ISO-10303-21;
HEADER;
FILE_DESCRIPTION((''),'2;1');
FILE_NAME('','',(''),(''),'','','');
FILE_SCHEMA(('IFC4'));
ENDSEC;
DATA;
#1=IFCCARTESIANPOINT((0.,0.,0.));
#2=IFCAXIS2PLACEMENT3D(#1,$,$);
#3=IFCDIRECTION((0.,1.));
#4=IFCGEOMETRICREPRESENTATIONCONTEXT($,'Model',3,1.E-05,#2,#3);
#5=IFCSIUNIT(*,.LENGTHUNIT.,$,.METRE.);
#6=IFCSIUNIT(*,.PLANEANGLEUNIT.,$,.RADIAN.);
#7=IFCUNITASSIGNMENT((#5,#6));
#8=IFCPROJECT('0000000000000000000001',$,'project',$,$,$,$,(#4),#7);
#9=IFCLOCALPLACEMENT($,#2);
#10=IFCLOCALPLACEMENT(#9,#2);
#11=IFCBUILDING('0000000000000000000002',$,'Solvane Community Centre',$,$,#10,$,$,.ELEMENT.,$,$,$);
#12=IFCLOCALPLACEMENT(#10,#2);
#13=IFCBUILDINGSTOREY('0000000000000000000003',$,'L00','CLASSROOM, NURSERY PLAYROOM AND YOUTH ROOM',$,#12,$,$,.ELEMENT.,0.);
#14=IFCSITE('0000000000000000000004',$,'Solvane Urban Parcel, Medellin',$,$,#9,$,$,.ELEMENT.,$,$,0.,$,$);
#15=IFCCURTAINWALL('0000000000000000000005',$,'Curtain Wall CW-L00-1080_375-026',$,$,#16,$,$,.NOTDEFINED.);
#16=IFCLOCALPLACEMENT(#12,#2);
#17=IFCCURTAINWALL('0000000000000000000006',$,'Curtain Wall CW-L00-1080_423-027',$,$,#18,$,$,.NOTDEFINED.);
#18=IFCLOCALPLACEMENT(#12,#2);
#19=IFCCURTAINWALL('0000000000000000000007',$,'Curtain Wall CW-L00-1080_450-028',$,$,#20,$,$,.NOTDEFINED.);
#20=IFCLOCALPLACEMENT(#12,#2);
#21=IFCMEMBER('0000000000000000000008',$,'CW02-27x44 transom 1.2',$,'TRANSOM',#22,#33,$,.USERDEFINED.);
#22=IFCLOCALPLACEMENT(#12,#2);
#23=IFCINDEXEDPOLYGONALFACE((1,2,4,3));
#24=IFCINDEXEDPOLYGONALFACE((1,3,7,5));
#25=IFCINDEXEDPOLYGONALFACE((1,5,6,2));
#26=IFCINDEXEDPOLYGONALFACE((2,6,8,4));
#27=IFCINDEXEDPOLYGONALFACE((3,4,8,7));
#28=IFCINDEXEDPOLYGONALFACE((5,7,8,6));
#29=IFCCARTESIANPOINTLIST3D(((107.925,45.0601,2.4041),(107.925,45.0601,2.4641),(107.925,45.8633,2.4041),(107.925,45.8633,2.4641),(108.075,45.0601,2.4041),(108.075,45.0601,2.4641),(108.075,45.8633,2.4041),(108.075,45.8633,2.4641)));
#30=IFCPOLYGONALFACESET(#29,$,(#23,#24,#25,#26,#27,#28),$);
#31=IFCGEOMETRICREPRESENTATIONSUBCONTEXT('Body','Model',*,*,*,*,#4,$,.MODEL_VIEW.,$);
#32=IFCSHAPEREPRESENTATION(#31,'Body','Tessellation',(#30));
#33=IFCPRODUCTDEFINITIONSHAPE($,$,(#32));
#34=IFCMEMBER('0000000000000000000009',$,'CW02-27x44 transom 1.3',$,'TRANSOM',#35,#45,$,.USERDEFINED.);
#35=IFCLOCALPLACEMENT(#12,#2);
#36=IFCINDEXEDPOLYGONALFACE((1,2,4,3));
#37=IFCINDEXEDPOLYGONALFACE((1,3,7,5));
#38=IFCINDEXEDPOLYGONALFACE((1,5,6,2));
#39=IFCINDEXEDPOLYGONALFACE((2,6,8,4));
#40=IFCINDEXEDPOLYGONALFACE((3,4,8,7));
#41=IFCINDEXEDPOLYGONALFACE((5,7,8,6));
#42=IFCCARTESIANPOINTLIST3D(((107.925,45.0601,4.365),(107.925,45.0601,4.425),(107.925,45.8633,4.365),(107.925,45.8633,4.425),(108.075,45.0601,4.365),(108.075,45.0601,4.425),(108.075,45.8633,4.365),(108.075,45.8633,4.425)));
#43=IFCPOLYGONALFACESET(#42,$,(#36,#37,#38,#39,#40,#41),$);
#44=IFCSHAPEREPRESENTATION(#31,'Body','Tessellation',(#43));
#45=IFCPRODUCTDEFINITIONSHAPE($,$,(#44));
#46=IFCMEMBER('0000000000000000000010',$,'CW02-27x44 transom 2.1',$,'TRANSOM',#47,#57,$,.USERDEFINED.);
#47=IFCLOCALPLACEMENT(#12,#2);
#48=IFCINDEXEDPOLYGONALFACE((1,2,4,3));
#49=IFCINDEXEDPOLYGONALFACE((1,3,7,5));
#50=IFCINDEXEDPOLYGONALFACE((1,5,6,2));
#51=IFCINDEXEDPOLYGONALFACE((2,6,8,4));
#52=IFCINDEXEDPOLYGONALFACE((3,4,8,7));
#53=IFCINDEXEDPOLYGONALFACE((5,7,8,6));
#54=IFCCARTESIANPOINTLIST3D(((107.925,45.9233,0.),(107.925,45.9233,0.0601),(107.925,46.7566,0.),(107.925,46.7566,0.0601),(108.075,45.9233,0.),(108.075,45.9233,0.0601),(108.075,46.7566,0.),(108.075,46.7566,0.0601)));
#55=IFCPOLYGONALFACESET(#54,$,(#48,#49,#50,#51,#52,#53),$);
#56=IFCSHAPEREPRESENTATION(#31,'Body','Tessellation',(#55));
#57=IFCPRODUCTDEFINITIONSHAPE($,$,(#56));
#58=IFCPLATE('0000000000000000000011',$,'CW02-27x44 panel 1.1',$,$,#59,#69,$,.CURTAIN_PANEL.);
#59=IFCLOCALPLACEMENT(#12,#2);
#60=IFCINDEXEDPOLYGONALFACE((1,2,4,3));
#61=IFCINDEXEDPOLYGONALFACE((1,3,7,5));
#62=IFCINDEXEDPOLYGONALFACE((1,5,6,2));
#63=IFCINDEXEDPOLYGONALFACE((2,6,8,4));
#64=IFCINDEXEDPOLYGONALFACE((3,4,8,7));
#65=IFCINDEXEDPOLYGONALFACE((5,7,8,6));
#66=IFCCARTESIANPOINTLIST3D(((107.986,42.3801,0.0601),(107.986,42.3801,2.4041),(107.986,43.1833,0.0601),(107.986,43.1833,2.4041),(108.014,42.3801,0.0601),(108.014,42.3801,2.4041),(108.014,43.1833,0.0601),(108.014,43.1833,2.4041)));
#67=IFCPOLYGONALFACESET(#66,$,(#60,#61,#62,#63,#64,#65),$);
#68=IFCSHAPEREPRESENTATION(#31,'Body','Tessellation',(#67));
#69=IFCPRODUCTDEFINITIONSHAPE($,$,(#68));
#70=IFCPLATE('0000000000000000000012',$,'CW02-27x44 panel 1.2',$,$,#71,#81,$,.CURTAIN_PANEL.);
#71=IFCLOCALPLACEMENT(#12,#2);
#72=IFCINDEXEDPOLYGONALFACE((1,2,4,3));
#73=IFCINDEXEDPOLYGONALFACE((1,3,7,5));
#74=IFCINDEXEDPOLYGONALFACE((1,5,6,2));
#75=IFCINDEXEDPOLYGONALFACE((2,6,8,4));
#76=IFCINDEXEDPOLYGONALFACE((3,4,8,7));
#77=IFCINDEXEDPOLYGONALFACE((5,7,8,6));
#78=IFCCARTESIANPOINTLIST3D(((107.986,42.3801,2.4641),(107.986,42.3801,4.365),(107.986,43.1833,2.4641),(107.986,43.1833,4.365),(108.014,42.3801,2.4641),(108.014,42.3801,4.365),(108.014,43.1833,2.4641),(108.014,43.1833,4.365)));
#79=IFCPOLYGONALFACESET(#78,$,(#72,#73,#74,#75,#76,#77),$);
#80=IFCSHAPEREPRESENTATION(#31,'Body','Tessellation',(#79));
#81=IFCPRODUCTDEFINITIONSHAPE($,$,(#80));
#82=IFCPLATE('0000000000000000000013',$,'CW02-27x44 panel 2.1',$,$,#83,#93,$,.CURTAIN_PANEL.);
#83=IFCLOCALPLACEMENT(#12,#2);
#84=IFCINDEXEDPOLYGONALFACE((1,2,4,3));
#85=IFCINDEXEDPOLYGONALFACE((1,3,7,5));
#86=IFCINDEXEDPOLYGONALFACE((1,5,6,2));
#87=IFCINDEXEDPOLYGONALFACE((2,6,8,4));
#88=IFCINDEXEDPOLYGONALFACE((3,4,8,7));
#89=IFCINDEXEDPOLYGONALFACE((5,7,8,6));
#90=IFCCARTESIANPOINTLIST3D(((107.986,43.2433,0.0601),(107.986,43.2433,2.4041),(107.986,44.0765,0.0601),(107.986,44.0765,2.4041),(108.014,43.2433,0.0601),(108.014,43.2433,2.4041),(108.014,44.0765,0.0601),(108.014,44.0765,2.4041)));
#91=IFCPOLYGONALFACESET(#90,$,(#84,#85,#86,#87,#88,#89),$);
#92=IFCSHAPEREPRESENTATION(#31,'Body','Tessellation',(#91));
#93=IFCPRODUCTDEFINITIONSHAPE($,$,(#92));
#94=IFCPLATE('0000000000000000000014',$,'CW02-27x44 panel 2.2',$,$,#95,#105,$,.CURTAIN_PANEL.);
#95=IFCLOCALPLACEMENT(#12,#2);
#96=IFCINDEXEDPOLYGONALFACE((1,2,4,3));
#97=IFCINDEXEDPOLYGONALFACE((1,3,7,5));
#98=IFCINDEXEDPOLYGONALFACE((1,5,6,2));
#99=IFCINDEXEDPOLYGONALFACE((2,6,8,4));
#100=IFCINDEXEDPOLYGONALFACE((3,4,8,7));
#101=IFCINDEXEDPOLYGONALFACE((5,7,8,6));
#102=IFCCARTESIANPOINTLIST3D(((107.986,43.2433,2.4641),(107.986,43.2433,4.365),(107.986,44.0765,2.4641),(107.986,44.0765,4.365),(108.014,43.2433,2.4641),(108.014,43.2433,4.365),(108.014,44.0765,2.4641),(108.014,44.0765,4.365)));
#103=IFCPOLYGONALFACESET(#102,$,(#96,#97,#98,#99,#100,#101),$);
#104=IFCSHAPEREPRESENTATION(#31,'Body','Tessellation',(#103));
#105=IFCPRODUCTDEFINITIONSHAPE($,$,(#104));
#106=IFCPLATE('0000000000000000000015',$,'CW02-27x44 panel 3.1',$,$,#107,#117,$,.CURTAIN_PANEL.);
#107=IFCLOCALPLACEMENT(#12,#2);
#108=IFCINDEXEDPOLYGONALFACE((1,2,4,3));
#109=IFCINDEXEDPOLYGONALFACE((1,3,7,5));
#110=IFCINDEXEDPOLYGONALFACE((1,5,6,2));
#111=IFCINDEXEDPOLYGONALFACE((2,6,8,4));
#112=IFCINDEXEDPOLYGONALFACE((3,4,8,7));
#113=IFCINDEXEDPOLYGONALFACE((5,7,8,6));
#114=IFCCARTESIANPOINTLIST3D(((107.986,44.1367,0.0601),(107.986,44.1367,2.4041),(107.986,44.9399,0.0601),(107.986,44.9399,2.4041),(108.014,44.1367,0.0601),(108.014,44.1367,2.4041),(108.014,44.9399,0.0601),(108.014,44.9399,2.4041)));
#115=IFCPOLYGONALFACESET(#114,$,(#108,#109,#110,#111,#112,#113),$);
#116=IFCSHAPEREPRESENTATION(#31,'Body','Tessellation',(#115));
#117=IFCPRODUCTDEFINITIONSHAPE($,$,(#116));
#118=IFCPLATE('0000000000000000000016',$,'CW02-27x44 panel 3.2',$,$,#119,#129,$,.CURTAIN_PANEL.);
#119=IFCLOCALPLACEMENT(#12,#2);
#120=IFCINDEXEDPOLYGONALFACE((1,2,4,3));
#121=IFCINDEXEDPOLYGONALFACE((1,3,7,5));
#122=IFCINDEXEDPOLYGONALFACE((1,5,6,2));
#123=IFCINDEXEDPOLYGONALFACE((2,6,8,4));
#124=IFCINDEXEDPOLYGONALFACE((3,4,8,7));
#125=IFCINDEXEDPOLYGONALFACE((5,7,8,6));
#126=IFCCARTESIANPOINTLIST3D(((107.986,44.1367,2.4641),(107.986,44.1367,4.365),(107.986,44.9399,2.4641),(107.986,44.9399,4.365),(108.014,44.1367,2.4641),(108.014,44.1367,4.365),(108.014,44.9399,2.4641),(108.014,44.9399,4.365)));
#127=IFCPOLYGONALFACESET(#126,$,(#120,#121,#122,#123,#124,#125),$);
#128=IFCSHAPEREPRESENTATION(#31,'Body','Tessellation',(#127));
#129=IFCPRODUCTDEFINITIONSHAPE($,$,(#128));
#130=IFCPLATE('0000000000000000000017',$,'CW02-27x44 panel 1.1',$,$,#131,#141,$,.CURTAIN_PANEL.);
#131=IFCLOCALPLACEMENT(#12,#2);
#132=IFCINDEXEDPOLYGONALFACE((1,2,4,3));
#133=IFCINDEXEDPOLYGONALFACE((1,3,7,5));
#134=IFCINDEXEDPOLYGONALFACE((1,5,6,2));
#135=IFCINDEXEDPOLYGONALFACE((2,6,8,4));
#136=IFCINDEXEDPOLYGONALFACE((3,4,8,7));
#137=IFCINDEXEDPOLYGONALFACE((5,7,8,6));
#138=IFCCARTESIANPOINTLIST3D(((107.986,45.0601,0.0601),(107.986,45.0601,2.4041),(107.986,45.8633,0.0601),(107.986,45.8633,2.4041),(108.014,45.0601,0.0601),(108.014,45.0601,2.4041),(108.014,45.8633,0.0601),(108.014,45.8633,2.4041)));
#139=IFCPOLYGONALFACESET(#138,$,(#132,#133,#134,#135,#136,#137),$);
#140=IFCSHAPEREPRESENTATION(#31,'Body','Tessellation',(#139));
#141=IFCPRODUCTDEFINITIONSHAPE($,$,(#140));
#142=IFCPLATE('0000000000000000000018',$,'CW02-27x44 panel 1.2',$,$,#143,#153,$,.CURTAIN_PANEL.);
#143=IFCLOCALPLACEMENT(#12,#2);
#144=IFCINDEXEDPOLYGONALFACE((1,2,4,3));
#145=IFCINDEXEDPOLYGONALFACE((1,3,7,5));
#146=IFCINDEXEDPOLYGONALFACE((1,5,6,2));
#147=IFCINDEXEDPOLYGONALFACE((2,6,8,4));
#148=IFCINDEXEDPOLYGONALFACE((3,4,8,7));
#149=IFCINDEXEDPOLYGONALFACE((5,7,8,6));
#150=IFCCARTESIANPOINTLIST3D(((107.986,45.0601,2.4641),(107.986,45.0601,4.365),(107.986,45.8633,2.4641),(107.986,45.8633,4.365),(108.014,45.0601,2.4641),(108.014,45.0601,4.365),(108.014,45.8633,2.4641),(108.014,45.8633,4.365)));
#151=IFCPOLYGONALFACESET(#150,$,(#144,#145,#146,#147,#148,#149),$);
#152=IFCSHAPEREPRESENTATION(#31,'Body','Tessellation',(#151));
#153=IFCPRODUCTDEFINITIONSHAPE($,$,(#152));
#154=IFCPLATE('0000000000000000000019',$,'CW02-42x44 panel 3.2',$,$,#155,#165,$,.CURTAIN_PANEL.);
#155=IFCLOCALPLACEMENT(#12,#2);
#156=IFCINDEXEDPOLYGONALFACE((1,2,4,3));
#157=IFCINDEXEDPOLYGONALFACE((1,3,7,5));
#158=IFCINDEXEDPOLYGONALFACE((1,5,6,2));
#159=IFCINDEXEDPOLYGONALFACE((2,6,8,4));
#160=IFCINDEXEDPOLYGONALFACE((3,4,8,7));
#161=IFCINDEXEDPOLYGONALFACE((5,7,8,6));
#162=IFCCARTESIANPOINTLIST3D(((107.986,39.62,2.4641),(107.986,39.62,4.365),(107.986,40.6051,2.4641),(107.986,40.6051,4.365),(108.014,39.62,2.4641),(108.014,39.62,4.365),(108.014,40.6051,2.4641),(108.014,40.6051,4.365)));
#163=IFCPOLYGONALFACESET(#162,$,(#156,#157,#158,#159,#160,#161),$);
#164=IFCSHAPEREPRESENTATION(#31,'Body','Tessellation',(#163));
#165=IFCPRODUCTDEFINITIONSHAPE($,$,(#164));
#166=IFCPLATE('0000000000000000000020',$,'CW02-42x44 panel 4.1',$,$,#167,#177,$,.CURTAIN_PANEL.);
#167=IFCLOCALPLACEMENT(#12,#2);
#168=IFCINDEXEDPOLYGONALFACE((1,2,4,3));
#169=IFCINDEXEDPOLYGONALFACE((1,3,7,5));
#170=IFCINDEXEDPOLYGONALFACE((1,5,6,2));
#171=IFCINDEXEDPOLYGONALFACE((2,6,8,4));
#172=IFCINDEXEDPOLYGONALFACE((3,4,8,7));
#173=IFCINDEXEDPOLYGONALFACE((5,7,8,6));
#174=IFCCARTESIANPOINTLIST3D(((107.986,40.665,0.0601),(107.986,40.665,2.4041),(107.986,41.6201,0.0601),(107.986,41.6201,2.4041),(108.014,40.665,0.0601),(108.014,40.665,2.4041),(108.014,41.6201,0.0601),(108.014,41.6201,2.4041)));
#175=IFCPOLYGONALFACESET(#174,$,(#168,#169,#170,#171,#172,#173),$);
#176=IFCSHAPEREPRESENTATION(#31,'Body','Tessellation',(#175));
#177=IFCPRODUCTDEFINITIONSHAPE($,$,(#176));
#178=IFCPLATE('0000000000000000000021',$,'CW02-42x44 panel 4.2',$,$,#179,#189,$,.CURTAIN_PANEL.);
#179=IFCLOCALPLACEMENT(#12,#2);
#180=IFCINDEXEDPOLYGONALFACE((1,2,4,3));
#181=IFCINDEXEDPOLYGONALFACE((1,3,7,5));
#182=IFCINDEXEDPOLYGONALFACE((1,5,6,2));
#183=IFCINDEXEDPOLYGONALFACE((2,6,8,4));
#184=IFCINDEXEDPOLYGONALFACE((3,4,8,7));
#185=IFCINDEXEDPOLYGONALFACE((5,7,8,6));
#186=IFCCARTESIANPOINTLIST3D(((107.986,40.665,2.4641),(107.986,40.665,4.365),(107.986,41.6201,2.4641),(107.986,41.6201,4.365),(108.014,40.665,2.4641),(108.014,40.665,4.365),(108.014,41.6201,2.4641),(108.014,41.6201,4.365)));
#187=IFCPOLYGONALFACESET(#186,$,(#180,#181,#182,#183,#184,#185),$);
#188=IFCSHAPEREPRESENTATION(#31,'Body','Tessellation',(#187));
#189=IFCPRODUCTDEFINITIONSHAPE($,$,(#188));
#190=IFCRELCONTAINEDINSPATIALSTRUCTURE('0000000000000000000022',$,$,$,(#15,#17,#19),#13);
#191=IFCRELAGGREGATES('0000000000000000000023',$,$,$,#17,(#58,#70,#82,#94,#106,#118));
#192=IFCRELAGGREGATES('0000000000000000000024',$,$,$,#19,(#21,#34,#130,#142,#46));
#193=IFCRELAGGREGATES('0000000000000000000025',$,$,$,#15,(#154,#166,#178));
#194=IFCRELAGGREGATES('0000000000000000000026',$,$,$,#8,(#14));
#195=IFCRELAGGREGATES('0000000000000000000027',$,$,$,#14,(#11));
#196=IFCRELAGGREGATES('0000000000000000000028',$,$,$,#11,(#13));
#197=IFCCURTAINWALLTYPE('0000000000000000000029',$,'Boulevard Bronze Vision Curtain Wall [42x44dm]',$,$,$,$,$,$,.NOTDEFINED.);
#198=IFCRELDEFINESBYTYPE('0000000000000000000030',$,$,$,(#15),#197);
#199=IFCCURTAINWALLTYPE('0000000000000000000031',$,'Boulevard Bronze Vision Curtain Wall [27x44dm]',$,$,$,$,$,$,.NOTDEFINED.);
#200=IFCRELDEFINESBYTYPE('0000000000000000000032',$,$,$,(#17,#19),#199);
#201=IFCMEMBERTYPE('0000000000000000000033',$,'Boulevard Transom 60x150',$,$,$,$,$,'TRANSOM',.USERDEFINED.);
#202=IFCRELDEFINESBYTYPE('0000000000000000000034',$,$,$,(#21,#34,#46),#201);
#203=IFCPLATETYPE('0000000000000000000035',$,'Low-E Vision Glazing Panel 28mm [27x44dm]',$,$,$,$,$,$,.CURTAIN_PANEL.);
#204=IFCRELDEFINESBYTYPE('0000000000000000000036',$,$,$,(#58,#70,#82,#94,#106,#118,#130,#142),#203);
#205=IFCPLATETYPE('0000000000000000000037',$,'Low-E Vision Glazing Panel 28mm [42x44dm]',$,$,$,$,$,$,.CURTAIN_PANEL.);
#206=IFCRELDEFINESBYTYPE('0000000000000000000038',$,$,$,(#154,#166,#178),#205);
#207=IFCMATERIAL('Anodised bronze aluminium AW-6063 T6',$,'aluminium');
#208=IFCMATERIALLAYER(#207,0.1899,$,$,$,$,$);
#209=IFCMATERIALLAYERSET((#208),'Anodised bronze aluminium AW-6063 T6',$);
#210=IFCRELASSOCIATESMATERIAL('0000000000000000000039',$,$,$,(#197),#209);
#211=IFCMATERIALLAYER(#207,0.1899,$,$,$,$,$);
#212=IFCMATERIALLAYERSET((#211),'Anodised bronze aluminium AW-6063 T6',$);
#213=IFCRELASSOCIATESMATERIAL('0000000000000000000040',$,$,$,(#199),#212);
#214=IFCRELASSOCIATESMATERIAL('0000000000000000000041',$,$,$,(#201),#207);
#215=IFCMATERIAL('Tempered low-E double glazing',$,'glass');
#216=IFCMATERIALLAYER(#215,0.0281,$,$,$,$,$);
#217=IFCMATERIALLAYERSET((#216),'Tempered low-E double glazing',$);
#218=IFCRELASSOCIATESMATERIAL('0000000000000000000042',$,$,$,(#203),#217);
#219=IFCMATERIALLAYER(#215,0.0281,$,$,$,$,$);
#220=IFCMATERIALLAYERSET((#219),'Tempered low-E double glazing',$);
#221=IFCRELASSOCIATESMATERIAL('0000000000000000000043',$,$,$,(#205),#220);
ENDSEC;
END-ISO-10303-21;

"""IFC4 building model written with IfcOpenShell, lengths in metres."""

from ifc_helpers import new_model, si_unit, direction, frame, origin, origin_2d, place, context, subcontext, project, spatial, rectangle, extrude, material, layer, layer_set, material_profile, profile_set, type_object, element, aggregate, save


model = new_model("IFC4")

# Units and contexts
model_context = context("Model", 3, precision=1e-05, world=origin(), true_north=direction((0.0, 1.0)))
body_context = subcontext(model_context, "Body", "Model", "MODEL_VIEW")
ifc_project = project(units=[si_unit("LENGTHUNIT", "METRE"), si_unit("PLANEANGLEUNIT", "RADIAN")], contexts=[model_context])

# Site, building, storey
site_placement = place(None, origin())
site = spatial("IfcSite", under=ifc_project, at=site_placement, Name="Solvane Urban Parcel, Medellin", CompositionType="ELEMENT", RefElevation=0.0)
building_placement = place(site_placement, origin())
building = spatial("IfcBuilding", under=site, at=building_placement, Name="Solvane Community Centre", CompositionType="ELEMENT")
storey_placement = place(building_placement, origin())
storey = spatial("IfcBuildingStorey", under=building, at=storey_placement, Name="L00", Description="CLASSROOM, NURSERY PLAYROOM AND YOUTH ROOM", CompositionType="ELEMENT", Elevation=0.0)

# Curtain walls
ifc_material_1 = material(Name="Anodised bronze aluminium AW-6063 T6", Category="aluminium")
ifc_layer_1 = layer(ifc_material_1, 0.1899)
ifc_layer_set_1 = layer_set([ifc_layer_1], Name="Anodised bronze aluminium AW-6063 T6")
curtain_wall_type_1 = type_object("IfcCurtainWallType", Name="Boulevard Bronze Vision Curtain Wall [42x44dm]", PredefinedType="NOTDEFINED", material=ifc_layer_set_1)
curtain_wall_1_placement = place(storey_placement, origin())
curtain_wall_1 = element("IfcCurtainWall", 1, at=curtain_wall_1_placement, inside=storey, type_object=curtain_wall_type_1, Name="Curtain Wall CW-L00-1080_375-026", PredefinedType="NOTDEFINED")
ifc_layer_2 = layer(ifc_material_1, 0.1899)
ifc_layer_set_2 = layer_set([ifc_layer_2], Name="Anodised bronze aluminium AW-6063 T6")
curtain_wall_type_2 = type_object("IfcCurtainWallType", Name="Boulevard Bronze Vision Curtain Wall [27x44dm]", PredefinedType="NOTDEFINED", material=ifc_layer_set_2)
curtain_wall_2_placement = place(storey_placement, origin())
curtain_wall_2 = element("IfcCurtainWall", 2, at=curtain_wall_2_placement, inside=storey, type_object=curtain_wall_type_2, Name="Curtain Wall CW-L00-1080_423-027", PredefinedType="NOTDEFINED")
curtain_wall_3_placement = place(storey_placement, origin())
curtain_wall_3 = element("IfcCurtainWall", 3, at=curtain_wall_3_placement, inside=storey, type_object=curtain_wall_type_2, Name="Curtain Wall CW-L00-1080_450-028", PredefinedType="NOTDEFINED")

# Members
ifc_material_profile_1 = material_profile(ifc_material_1, rectangle(XDim=0.1499, YDim=0.0601, at=origin_2d()), Name="CW-T 60x150")
ifc_profile_set_1 = profile_set([ifc_material_profile_1], Name="Anodised bronze aluminium AW-6063 T6")
member_type_1 = type_object("IfcMemberType", Name="Boulevard Transom 60x150", ElementType="TRANSOM", PredefinedType="USERDEFINED", material=ifc_profile_set_1)
member_1_placement = place(storey_placement, frame((108.0, 45.0601, 2.4341), z_axis=(0.0, 1.0, 0.0), x_axis=(-1.0, 0.0, 0.0)))
member_1 = element("IfcMember", 4, at=member_1_placement, type_object=member_type_1, Name="CW02-27x44 transom 1.2", ObjectType="TRANSOM", PredefinedType="USERDEFINED", context=body_context, shape_type="SweptSolid", body=[
    extrude(rectangle(XDim=0.1499, YDim=0.0601, at=origin_2d()), origin(), (0.0, 0.0, 1.0), 0.8032),
])
member_2_placement = place(storey_placement, frame((108.0, 45.0601, 4.395), z_axis=(0.0, 1.0, 0.0), x_axis=(-1.0, 0.0, 0.0)))
member_2 = element("IfcMember", 5, at=member_2_placement, type_object=member_type_1, Name="CW02-27x44 transom 1.3", ObjectType="TRANSOM", PredefinedType="USERDEFINED", context=body_context, shape_type="SweptSolid", body=[
    extrude(rectangle(XDim=0.1499, YDim=0.0601, at=origin_2d()), origin(), (0.0, 0.0, 1.0), 0.8032),
])
member_3_placement = place(storey_placement, frame((108.0, 45.9233, 0.03), z_axis=(0.0, 1.0, 0.0), x_axis=(-1.0, 0.0, 0.0)))
member_3 = element("IfcMember", 6, at=member_3_placement, type_object=member_type_1, Name="CW02-27x44 transom 2.1", ObjectType="TRANSOM", PredefinedType="USERDEFINED", context=body_context, shape_type="SweptSolid", body=[
    extrude(rectangle(XDim=0.1499, YDim=0.0601, at=origin_2d()), origin(), (0.0, 0.0, 1.0), 0.8333),
])

# Plates
ifc_material_2 = material(Name="Tempered low-E double glazing", Category="glass")
ifc_layer_3 = layer(ifc_material_2, 0.0281)
ifc_layer_set_3 = layer_set([ifc_layer_3], Name="Tempered low-E double glazing")
plate_type_1 = type_object("IfcPlateType", Name="Low-E Vision Glazing Panel 28mm [27x44dm]", PredefinedType="CURTAIN_PANEL", material=ifc_layer_set_3)
plate_1_placement = place(storey_placement, frame((108.0, 42.7817, 0.0601), z_axis=(0.0, 0.0, 1.0), x_axis=(0.0, 1.0, 0.0)))
plate_1 = element("IfcPlate", 7, at=plate_1_placement, type_object=plate_type_1, Name="CW02-27x44 panel 1.1", PredefinedType="CURTAIN_PANEL", context=body_context, shape_type="SweptSolid", body=[
    extrude(rectangle(XDim=0.8032, YDim=0.0281, at=origin_2d()), origin(), (0.0, 0.0, 1.0), 2.344),
])
plate_2_placement = place(storey_placement, frame((108.0, 42.7817, 2.4641), z_axis=(0.0, 0.0, 1.0), x_axis=(0.0, 1.0, 0.0)))
plate_2 = element("IfcPlate", 8, at=plate_2_placement, type_object=plate_type_1, Name="CW02-27x44 panel 1.2", PredefinedType="CURTAIN_PANEL", context=body_context, shape_type="SweptSolid", body=[
    extrude(rectangle(XDim=0.8032, YDim=0.0281, at=origin_2d()), origin(), (0.0, 0.0, 1.0), 1.9009),
])
plate_3_placement = place(storey_placement, frame((108.0, 43.6599, 0.0601), z_axis=(0.0, 0.0, 1.0), x_axis=(0.0, 1.0, 0.0)))
plate_3 = element("IfcPlate", 9, at=plate_3_placement, type_object=plate_type_1, Name="CW02-27x44 panel 2.1", PredefinedType="CURTAIN_PANEL", context=body_context, shape_type="SweptSolid", body=[
    extrude(rectangle(XDim=0.8333, YDim=0.0281, at=origin_2d()), origin(), (0.0, 0.0, 1.0), 2.344),
])
plate_4_placement = place(storey_placement, frame((108.0, 43.6599, 2.4641), z_axis=(0.0, 0.0, 1.0), x_axis=(0.0, 1.0, 0.0)))
plate_4 = element("IfcPlate", 10, at=plate_4_placement, type_object=plate_type_1, Name="CW02-27x44 panel 2.2", PredefinedType="CURTAIN_PANEL", context=body_context, shape_type="SweptSolid", body=[
    extrude(rectangle(XDim=0.8333, YDim=0.0281, at=origin_2d()), origin(), (0.0, 0.0, 1.0), 1.9009),
])
plate_5_placement = place(storey_placement, frame((108.0, 44.5383, 0.0601), z_axis=(0.0, 0.0, 1.0), x_axis=(0.0, 1.0, 0.0)))
plate_5 = element("IfcPlate", 11, at=plate_5_placement, type_object=plate_type_1, Name="CW02-27x44 panel 3.1", PredefinedType="CURTAIN_PANEL", context=body_context, shape_type="SweptSolid", body=[
    extrude(rectangle(XDim=0.8032, YDim=0.0281, at=origin_2d()), origin(), (0.0, 0.0, 1.0), 2.344),
])
plate_6_placement = place(storey_placement, frame((108.0, 44.5383, 2.4641), z_axis=(0.0, 0.0, 1.0), x_axis=(0.0, 1.0, 0.0)))
plate_6 = element("IfcPlate", 12, at=plate_6_placement, type_object=plate_type_1, Name="CW02-27x44 panel 3.2", PredefinedType="CURTAIN_PANEL", context=body_context, shape_type="SweptSolid", body=[
    extrude(rectangle(XDim=0.8032, YDim=0.0281, at=origin_2d()), origin(), (0.0, 0.0, 1.0), 1.9009),
])
aggregate(curtain_wall_2, [plate_1, plate_2, plate_3, plate_4, plate_5, plate_6])
plate_7_placement = place(storey_placement, frame((108.0, 45.4617, 0.0601), z_axis=(0.0, 0.0, 1.0), x_axis=(0.0, 1.0, 0.0)))
plate_7 = element("IfcPlate", 13, at=plate_7_placement, type_object=plate_type_1, Name="CW02-27x44 panel 1.1", PredefinedType="CURTAIN_PANEL", context=body_context, shape_type="SweptSolid", body=[
    extrude(rectangle(XDim=0.8032, YDim=0.0281, at=origin_2d()), origin(), (0.0, 0.0, 1.0), 2.344),
])
plate_8_placement = place(storey_placement, frame((108.0, 45.4617, 2.4641), z_axis=(0.0, 0.0, 1.0), x_axis=(0.0, 1.0, 0.0)))
plate_8 = element("IfcPlate", 14, at=plate_8_placement, type_object=plate_type_1, Name="CW02-27x44 panel 1.2", PredefinedType="CURTAIN_PANEL", context=body_context, shape_type="SweptSolid", body=[
    extrude(rectangle(XDim=0.8032, YDim=0.0281, at=origin_2d()), origin(), (0.0, 0.0, 1.0), 1.9009),
])
aggregate(curtain_wall_3, [member_1, member_2, plate_7, plate_8, member_3])
ifc_layer_4 = layer(ifc_material_2, 0.0281)
ifc_layer_set_4 = layer_set([ifc_layer_4], Name="Tempered low-E double glazing")
plate_type_2 = type_object("IfcPlateType", Name="Low-E Vision Glazing Panel 28mm [42x44dm]", PredefinedType="CURTAIN_PANEL", material=ifc_layer_set_4)
plate_9_placement = place(storey_placement, frame((108.0, 40.1125, 2.4641), z_axis=(0.0, 0.0, 1.0), x_axis=(0.0, 1.0, 0.0)))
plate_9 = element("IfcPlate", 15, at=plate_9_placement, type_object=plate_type_2, Name="CW02-42x44 panel 3.2", PredefinedType="CURTAIN_PANEL", context=body_context, shape_type="SweptSolid", body=[
    extrude(rectangle(XDim=0.9851, YDim=0.0281, at=origin_2d()), origin(), (0.0, 0.0, 1.0), 1.9009),
])
plate_10_placement = place(storey_placement, frame((108.0, 41.1426, 0.0601), z_axis=(0.0, 0.0, 1.0), x_axis=(0.0, 1.0, 0.0)))
plate_10 = element("IfcPlate", 16, at=plate_10_placement, type_object=plate_type_2, Name="CW02-42x44 panel 4.1", PredefinedType="CURTAIN_PANEL", context=body_context, shape_type="SweptSolid", body=[
    extrude(rectangle(XDim=0.9551, YDim=0.0281, at=origin_2d()), origin(), (0.0, 0.0, 1.0), 2.344),
])
plate_11_placement = place(storey_placement, frame((108.0, 41.1426, 2.4641), z_axis=(0.0, 0.0, 1.0), x_axis=(0.0, 1.0, 0.0)))
plate_11 = element("IfcPlate", 17, at=plate_11_placement, type_object=plate_type_2, Name="CW02-42x44 panel 4.2", PredefinedType="CURTAIN_PANEL", context=body_context, shape_type="SweptSolid", body=[
    extrude(rectangle(XDim=0.9551, YDim=0.0281, at=origin_2d()), origin(), (0.0, 0.0, 1.0), 1.9009),
])
aggregate(curtain_wall_1, [plate_9, plate_10, plate_11])

save(model, "model.ifc")
